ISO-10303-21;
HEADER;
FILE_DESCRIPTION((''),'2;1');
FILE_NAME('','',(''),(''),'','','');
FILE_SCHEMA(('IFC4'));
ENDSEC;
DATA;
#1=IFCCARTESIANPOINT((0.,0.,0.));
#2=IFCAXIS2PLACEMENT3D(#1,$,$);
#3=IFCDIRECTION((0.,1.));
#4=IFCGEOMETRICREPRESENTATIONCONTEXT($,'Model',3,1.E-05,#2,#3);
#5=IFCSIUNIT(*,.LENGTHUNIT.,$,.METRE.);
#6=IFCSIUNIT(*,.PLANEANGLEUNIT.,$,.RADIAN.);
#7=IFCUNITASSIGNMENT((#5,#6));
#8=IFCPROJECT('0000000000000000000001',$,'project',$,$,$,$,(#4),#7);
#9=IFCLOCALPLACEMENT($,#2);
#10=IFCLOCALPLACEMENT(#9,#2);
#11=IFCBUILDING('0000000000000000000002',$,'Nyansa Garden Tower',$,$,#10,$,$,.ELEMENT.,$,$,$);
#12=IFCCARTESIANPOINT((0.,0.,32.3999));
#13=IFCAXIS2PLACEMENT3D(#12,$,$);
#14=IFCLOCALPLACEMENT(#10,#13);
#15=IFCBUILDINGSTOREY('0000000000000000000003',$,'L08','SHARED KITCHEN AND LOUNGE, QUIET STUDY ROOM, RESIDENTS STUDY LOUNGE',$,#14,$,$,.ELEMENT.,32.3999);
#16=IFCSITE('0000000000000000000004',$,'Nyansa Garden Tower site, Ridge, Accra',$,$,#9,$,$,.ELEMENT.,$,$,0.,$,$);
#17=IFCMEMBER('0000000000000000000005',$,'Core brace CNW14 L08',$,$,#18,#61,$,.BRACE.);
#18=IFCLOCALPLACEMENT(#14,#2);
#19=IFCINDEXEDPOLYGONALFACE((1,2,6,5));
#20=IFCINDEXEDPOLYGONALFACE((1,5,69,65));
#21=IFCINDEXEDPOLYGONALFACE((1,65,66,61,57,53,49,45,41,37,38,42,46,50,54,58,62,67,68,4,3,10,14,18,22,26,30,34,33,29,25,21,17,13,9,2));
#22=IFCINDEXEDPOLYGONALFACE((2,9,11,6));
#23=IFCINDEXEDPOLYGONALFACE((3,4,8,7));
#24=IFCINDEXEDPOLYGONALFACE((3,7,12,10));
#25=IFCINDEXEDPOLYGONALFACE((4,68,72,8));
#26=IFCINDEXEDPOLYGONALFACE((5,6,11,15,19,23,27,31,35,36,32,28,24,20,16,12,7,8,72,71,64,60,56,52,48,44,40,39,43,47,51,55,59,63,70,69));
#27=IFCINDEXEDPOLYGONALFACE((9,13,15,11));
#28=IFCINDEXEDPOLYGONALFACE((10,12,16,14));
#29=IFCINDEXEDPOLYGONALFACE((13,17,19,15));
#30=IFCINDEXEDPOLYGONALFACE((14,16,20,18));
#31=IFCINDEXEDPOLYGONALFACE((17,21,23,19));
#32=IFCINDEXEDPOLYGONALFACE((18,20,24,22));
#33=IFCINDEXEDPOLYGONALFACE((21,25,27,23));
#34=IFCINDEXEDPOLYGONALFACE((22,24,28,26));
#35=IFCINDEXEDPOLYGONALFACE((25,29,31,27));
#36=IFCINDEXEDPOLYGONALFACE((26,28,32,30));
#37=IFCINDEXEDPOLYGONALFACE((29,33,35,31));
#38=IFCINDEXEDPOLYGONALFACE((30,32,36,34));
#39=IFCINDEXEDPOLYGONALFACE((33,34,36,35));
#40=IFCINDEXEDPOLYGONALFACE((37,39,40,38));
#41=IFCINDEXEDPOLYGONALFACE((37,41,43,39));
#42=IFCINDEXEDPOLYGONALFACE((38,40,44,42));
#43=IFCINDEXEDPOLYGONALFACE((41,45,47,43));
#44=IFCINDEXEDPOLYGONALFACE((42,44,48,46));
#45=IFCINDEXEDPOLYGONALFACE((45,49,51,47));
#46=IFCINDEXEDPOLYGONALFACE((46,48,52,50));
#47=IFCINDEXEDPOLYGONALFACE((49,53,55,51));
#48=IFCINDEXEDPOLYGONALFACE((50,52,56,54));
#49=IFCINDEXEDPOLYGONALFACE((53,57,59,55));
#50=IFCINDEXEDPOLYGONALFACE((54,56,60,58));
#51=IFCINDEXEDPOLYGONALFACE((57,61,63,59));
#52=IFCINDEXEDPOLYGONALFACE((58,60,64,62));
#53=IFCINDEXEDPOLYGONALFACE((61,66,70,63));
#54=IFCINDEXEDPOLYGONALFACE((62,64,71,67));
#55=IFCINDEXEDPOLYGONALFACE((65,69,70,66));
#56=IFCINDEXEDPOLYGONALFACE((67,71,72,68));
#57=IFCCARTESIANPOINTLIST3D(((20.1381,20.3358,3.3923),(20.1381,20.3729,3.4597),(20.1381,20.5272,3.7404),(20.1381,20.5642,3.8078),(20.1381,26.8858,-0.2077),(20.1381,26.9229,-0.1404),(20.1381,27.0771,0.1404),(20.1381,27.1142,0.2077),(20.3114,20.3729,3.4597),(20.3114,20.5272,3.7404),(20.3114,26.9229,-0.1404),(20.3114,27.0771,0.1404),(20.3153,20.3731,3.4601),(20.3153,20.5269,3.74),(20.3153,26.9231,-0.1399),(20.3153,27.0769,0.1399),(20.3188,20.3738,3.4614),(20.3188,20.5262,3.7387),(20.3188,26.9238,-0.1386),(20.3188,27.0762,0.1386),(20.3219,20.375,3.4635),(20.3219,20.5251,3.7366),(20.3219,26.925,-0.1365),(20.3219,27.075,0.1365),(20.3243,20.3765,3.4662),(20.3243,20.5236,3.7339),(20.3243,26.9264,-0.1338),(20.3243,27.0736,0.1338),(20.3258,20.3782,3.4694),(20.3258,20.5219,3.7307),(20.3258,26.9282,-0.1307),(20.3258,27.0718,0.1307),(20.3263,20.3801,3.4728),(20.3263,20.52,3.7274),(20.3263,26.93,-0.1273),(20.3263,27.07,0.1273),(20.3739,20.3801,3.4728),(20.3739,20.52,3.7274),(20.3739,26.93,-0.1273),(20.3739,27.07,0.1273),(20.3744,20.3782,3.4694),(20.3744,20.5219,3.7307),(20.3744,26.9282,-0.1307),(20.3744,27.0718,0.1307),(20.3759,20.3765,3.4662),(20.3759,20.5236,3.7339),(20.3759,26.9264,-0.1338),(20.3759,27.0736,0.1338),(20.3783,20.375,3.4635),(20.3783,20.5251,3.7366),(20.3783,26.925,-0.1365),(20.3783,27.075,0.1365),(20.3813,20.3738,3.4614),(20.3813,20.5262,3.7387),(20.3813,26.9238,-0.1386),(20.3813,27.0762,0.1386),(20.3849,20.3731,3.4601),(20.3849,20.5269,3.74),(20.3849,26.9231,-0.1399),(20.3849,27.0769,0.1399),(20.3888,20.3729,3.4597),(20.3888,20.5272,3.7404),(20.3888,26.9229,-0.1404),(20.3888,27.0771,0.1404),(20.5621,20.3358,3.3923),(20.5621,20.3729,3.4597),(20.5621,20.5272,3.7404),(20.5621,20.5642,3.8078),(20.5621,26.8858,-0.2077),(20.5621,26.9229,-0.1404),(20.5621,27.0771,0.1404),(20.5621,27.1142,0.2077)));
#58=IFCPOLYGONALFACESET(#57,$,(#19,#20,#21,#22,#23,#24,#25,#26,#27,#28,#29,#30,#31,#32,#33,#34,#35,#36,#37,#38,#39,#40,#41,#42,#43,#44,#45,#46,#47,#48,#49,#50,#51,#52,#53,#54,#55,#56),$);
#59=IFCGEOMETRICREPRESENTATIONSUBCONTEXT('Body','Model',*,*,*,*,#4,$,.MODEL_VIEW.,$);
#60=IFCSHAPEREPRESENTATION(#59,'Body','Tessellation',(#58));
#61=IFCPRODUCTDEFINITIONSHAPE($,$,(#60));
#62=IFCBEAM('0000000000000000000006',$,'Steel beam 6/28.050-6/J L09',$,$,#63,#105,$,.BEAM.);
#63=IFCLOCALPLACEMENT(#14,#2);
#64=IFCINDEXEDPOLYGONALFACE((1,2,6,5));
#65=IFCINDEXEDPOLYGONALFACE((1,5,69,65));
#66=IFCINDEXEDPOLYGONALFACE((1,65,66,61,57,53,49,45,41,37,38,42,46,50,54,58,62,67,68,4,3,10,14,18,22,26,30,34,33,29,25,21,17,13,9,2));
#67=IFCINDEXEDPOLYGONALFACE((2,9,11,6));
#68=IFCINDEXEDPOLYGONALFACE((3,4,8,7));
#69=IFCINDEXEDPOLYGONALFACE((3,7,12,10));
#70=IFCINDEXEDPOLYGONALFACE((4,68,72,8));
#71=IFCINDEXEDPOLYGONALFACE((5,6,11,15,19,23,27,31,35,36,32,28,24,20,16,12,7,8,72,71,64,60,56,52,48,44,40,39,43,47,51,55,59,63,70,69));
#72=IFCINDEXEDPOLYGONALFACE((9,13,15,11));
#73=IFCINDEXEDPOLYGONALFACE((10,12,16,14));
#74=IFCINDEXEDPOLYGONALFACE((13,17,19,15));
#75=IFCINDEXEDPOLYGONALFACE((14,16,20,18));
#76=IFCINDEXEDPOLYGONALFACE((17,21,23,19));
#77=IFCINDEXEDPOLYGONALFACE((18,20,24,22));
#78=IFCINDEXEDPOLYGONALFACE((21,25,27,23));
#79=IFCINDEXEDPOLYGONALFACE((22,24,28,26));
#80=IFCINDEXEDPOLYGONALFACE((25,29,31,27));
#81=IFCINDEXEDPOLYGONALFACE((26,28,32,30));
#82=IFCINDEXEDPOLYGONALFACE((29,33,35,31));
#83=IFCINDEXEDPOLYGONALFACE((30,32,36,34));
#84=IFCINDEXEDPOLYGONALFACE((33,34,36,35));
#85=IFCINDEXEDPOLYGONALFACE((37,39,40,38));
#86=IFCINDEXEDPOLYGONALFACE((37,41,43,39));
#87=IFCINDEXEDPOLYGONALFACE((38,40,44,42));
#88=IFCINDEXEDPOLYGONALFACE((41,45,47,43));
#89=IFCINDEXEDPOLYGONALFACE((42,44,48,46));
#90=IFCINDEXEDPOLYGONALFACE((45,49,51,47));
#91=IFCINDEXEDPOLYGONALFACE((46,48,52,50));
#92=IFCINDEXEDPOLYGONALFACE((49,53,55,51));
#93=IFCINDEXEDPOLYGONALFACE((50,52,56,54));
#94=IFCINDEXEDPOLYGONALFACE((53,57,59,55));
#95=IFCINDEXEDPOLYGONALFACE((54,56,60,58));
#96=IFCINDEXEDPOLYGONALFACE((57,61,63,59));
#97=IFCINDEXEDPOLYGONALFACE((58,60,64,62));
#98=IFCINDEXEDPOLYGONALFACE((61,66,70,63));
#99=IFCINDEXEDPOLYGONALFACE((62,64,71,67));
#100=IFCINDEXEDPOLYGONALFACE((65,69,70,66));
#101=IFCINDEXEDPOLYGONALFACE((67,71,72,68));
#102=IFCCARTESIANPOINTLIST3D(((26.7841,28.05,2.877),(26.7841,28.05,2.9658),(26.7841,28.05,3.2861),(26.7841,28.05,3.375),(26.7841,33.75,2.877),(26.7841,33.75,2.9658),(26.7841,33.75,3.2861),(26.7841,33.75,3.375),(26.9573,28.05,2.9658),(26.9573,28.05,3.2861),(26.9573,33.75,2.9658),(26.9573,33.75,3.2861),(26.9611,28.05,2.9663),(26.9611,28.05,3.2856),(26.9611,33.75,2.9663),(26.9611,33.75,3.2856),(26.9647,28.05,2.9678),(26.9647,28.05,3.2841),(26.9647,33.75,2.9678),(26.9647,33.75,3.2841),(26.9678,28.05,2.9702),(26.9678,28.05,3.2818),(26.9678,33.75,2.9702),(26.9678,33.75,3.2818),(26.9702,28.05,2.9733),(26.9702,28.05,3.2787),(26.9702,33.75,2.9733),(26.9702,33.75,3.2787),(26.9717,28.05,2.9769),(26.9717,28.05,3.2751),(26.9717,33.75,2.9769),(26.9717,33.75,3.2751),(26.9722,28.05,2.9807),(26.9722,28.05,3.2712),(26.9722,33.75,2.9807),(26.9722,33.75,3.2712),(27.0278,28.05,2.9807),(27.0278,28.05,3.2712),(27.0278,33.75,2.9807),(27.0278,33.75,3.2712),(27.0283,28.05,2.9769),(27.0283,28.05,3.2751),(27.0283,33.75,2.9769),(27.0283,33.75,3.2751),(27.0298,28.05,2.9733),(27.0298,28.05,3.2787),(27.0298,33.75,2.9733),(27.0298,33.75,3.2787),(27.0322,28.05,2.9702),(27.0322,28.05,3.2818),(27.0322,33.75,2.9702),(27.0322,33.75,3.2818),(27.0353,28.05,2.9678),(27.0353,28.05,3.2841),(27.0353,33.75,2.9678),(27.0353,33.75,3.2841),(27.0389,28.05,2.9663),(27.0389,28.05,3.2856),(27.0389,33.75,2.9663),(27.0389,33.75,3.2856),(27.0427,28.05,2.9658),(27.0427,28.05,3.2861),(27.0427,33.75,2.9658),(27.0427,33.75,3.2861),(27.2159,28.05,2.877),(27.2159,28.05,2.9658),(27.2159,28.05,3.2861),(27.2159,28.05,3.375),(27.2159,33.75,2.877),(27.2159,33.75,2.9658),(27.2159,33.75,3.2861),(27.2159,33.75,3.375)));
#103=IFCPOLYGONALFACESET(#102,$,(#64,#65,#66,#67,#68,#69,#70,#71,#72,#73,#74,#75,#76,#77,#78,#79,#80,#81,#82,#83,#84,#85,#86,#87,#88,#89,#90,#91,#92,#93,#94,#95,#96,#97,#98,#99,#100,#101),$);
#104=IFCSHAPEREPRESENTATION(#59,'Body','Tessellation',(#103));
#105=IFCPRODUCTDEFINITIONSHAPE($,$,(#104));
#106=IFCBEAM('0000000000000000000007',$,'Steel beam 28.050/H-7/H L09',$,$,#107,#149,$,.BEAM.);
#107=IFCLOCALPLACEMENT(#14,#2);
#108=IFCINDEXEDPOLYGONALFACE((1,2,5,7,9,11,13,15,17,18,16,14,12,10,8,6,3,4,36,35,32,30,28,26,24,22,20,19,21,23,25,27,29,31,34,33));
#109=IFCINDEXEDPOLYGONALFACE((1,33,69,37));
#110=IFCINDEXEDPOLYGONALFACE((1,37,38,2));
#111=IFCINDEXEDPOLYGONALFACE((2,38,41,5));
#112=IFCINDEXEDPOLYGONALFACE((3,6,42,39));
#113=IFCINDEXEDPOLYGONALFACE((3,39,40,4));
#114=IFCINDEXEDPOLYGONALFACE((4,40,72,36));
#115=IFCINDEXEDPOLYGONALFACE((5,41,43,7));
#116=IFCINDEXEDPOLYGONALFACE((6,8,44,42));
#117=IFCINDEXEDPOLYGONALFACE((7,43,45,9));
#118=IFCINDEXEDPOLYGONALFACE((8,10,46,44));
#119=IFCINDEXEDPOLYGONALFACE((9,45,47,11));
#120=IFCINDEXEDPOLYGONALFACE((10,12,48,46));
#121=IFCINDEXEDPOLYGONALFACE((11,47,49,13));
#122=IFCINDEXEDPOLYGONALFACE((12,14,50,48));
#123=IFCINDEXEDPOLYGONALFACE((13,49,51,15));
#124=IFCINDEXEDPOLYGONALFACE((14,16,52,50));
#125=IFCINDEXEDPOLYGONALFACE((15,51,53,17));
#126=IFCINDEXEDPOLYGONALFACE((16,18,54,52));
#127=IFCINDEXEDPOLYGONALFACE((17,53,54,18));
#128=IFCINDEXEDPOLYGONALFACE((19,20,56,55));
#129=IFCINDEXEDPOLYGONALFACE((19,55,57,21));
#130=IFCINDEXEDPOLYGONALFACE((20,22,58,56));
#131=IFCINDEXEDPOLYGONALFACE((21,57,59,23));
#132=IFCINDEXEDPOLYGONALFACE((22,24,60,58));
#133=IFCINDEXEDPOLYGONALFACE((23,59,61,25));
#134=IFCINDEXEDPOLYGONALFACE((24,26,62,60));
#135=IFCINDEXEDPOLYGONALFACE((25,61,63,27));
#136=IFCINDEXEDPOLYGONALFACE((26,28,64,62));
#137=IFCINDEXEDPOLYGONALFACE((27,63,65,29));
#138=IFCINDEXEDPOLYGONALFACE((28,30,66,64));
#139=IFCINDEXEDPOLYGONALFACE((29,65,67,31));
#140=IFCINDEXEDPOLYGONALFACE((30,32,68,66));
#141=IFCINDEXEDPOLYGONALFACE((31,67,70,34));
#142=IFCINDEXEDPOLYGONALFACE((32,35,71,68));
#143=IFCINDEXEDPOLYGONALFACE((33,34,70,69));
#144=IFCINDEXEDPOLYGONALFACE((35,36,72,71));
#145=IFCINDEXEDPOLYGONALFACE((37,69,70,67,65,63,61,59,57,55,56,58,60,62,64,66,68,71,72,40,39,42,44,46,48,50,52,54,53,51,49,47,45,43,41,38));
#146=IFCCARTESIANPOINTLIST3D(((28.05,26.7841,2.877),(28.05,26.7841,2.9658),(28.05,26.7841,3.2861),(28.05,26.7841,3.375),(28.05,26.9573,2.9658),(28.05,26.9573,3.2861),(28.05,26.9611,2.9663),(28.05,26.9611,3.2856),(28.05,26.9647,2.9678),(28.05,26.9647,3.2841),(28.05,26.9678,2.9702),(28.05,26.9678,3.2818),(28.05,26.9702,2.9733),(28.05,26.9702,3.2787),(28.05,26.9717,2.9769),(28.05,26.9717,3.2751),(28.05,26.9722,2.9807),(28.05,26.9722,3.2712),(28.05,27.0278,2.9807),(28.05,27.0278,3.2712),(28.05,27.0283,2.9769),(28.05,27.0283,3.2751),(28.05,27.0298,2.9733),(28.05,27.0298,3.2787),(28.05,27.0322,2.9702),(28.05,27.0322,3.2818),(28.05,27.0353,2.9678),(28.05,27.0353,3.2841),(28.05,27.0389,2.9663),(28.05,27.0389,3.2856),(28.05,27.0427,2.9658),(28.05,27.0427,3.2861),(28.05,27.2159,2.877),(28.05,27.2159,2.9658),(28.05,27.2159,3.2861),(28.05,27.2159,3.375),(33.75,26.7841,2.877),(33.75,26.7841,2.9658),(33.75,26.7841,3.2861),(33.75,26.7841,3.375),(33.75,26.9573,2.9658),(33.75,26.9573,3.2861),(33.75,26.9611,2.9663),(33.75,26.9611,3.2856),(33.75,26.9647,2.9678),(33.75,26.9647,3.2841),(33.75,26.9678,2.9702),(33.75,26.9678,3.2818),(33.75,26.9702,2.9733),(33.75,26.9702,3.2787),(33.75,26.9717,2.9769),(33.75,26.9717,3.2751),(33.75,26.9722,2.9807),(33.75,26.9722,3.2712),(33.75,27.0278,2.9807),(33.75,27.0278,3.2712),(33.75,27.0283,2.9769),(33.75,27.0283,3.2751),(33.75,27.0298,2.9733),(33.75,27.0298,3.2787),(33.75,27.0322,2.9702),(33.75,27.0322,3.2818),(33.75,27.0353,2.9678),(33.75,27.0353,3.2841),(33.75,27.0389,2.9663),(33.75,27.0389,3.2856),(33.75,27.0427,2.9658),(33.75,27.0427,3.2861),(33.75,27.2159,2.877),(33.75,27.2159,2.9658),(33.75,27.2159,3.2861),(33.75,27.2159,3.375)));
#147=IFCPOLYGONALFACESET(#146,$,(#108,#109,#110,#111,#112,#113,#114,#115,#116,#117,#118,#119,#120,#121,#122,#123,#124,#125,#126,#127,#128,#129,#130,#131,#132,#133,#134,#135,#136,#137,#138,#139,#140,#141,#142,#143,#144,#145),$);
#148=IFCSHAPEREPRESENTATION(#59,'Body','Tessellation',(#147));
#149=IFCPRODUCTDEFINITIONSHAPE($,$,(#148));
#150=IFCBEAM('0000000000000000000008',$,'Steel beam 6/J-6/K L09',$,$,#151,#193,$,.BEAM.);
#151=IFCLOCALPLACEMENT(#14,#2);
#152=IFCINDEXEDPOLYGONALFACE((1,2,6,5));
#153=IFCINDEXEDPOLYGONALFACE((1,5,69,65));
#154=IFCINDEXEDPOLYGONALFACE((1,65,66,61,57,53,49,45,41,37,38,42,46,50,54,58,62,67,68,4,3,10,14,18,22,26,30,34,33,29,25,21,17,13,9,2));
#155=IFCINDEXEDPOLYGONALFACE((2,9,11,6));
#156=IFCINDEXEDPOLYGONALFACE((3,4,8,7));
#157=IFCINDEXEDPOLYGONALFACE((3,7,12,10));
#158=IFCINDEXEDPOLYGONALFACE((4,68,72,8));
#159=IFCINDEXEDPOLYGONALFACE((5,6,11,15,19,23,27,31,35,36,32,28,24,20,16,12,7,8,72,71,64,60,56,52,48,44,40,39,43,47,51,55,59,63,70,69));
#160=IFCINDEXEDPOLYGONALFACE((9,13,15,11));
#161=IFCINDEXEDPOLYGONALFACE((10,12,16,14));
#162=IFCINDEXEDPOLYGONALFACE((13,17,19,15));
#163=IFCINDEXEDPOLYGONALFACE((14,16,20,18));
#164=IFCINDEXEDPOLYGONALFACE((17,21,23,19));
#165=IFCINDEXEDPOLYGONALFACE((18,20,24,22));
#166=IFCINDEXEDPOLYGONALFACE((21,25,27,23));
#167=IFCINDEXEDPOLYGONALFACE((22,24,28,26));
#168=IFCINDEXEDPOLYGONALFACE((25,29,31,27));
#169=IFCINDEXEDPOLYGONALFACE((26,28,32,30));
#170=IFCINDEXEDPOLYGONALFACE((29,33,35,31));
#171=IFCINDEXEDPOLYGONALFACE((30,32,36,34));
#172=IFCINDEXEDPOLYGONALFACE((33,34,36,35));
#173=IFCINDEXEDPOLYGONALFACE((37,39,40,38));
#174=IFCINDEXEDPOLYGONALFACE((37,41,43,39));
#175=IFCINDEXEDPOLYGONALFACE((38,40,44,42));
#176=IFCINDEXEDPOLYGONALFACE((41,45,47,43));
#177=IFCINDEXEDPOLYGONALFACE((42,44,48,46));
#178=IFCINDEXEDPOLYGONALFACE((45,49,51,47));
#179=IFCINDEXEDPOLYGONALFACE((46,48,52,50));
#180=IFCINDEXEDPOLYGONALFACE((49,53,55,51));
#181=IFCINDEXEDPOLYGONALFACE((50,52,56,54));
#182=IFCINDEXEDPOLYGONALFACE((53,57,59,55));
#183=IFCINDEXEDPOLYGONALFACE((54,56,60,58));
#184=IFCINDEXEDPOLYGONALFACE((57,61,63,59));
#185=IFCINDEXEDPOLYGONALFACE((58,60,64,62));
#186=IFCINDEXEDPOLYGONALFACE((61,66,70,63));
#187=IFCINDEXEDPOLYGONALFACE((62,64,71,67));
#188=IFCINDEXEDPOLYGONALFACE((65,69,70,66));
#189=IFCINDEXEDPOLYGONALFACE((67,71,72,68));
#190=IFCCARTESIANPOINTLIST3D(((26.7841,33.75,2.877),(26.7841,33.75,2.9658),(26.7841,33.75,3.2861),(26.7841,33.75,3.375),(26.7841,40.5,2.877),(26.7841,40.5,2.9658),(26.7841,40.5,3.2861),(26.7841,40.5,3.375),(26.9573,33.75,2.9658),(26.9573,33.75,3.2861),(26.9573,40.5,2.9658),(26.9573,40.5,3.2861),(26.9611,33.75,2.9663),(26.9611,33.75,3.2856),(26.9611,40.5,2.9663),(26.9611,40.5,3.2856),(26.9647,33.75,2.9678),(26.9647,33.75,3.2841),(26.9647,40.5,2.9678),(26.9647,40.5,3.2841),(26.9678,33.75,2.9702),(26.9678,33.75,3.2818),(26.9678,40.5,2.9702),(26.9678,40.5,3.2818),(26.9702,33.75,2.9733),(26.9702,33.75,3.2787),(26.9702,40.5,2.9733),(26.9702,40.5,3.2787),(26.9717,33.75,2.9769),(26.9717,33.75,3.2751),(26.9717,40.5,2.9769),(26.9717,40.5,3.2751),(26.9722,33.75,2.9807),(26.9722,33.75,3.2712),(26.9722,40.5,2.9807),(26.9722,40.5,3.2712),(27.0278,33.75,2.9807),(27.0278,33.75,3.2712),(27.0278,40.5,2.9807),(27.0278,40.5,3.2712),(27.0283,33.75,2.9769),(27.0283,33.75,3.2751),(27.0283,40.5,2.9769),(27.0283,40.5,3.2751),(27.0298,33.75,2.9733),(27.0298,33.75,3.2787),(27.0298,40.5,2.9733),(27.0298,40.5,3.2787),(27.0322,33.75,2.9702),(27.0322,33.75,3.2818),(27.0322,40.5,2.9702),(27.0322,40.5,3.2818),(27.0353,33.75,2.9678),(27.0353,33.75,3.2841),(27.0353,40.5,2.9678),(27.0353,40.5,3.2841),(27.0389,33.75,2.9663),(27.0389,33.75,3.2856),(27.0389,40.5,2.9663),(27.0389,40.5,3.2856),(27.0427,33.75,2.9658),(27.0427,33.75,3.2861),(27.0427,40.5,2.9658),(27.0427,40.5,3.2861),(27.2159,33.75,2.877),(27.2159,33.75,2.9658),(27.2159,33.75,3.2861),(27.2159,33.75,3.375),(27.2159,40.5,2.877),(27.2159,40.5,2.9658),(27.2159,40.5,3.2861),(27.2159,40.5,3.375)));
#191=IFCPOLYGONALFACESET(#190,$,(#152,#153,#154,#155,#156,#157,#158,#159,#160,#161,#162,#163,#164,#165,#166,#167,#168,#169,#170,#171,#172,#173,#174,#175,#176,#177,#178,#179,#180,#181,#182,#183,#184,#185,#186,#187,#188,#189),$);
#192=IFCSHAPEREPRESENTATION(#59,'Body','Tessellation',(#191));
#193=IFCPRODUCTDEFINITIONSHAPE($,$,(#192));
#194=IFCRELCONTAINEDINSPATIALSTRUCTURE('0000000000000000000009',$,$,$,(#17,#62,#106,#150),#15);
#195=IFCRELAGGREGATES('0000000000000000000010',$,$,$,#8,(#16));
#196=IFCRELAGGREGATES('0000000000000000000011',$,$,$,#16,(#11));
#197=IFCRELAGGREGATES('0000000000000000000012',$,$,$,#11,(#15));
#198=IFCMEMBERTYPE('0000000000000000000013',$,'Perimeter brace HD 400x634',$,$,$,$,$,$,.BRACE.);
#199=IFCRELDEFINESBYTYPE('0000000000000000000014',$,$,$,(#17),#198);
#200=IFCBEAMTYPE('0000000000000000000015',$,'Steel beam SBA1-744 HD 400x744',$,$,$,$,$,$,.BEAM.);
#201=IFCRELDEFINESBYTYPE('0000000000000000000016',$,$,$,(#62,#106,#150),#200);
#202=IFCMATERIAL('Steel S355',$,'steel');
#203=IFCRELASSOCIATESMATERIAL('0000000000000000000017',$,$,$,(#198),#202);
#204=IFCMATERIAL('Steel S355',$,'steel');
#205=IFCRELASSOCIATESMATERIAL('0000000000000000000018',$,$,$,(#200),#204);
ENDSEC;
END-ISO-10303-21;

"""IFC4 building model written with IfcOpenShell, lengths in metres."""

from ifc_helpers import new_model, si_unit, direction, frame, origin, origin_2d, place, context, subcontext, project, spatial, i_section, extrude, material, material_profile, profile_set, type_object, element, save


model = new_model("IFC4")

# Units and contexts
model_context = context("Model", 3, precision=1e-05, world=origin(), true_north=direction((0.0, 1.0)))
body_context = subcontext(model_context, "Body", "Model", "MODEL_VIEW")
ifc_project = project(units=[si_unit("LENGTHUNIT", "METRE"), si_unit("PLANEANGLEUNIT", "RADIAN")], contexts=[model_context])

# Site, building, storey
site_placement = place(None, origin())
site = spatial("IfcSite", under=ifc_project, at=site_placement, Name="Nyansa Garden Tower site, Ridge, Accra", CompositionType="ELEMENT", RefElevation=0.0)
building_placement = place(site_placement, origin())
building = spatial("IfcBuilding", under=site, at=building_placement, Name="Nyansa Garden Tower", CompositionType="ELEMENT")
storey_placement = place(building_placement, frame((0.0, 0.0, 32.3999)))
storey = spatial("IfcBuildingStorey", under=building, at=storey_placement, Name="L08", Description="SHARED KITCHEN AND LOUNGE, QUIET STUDY ROOM, RESIDENTS STUDY LOUNGE", CompositionType="ELEMENT", Elevation=32.3999)

# Member
ifc_material_1 = material(Name="Steel S355", Category="steel")
ifc_material_profile_1 = material_profile(ifc_material_1, i_section(OverallWidth=0.4241, OverallDepth=0.4741, WebThickness=0.0476, FlangeThickness=0.0769, FilletRadius=0.0149, at=origin_2d()), Name="HD 400x634")
ifc_profile_set_1 = profile_set([ifc_material_profile_1], Name="Steel S355")
member_type = type_object("IfcMemberType", Name="Perimeter brace HD 400x634", PredefinedType="BRACE", material=ifc_profile_set_1)
for number, where, z_axis, x_axis, name in (
    (1, (20.3501, 27.0, 0.0), (0.0, -0.876353, 0.481669), (1.0, 0.0, 0.0), "Core brace CNW14 L08"),
):
    element("IfcMember", number, at=place(storey_placement, frame(where, z_axis=z_axis, x_axis=x_axis)), inside=storey, type_object=member_type, Name=name, PredefinedType="BRACE", context=body_context, shape_type="SweptSolid", body=[
        extrude(i_section(OverallWidth=0.4241, OverallDepth=0.4741, WebThickness=0.0476, FlangeThickness=0.0769, FilletRadius=0.0149, at=origin_2d()), origin(), (0.0, 0.0, 1.0), 7.4741),
    ])

# Beams
ifc_material_2 = material(Name="Steel S355", Category="steel")
ifc_material_profile_2 = material_profile(ifc_material_2, i_section(OverallWidth=0.4319, OverallDepth=0.498, WebThickness=0.0557, FlangeThickness=0.0889, FilletRadius=0.0149, at=origin_2d()), Name="HD 400x744")
ifc_profile_set_2 = profile_set([ifc_material_profile_2], Name="Steel S355")
beam_type_1 = type_object("IfcBeamType", Name="Steel beam SBA1-744 HD 400x744", PredefinedType="BEAM", material=ifc_profile_set_2)
for number, where, z_axis, x_axis, name in (
    (2, (27.0, 28.05, 3.126), (0.0, 1.0, 0.0), (-1.0, 0.0, 0.0), "Steel beam 6/28.050-6/J L09"),
    (3, (28.05, 27.0, 3.126), (1.0, 0.0, 0.0), (0.0, 1.0, 0.0), "Steel beam 28.050/H-7/H L09"),
):
    element("IfcBeam", number, at=place(storey_placement, frame(where, z_axis=z_axis, x_axis=x_axis)), inside=storey, type_object=beam_type_1, Name=name, PredefinedType="BEAM", context=body_context, shape_type="SweptSolid", body=[
        extrude(i_section(OverallWidth=0.4319, OverallDepth=0.498, WebThickness=0.0557, FlangeThickness=0.0889, FilletRadius=0.0149, at=origin_2d()), origin(), (0.0, 0.0, 1.0), 5.7),
    ])
for number, where, z_axis, x_axis, name in (
    (4, (27.0, 33.75, 3.126), (0.0, 1.0, 0.0), (-1.0, 0.0, 0.0), "Steel beam 6/J-6/K L09"),
):
    element("IfcBeam", number, at=place(storey_placement, frame(where, z_axis=z_axis, x_axis=x_axis)), inside=storey, type_object=beam_type_1, Name=name, PredefinedType="BEAM", context=body_context, shape_type="SweptSolid", body=[
        extrude(i_section(OverallWidth=0.4319, OverallDepth=0.498, WebThickness=0.0557, FlangeThickness=0.0889, FilletRadius=0.0149, at=origin_2d()), origin(), (0.0, 0.0, 1.0), 6.75),
    ])

save(model, "model.ifc")
